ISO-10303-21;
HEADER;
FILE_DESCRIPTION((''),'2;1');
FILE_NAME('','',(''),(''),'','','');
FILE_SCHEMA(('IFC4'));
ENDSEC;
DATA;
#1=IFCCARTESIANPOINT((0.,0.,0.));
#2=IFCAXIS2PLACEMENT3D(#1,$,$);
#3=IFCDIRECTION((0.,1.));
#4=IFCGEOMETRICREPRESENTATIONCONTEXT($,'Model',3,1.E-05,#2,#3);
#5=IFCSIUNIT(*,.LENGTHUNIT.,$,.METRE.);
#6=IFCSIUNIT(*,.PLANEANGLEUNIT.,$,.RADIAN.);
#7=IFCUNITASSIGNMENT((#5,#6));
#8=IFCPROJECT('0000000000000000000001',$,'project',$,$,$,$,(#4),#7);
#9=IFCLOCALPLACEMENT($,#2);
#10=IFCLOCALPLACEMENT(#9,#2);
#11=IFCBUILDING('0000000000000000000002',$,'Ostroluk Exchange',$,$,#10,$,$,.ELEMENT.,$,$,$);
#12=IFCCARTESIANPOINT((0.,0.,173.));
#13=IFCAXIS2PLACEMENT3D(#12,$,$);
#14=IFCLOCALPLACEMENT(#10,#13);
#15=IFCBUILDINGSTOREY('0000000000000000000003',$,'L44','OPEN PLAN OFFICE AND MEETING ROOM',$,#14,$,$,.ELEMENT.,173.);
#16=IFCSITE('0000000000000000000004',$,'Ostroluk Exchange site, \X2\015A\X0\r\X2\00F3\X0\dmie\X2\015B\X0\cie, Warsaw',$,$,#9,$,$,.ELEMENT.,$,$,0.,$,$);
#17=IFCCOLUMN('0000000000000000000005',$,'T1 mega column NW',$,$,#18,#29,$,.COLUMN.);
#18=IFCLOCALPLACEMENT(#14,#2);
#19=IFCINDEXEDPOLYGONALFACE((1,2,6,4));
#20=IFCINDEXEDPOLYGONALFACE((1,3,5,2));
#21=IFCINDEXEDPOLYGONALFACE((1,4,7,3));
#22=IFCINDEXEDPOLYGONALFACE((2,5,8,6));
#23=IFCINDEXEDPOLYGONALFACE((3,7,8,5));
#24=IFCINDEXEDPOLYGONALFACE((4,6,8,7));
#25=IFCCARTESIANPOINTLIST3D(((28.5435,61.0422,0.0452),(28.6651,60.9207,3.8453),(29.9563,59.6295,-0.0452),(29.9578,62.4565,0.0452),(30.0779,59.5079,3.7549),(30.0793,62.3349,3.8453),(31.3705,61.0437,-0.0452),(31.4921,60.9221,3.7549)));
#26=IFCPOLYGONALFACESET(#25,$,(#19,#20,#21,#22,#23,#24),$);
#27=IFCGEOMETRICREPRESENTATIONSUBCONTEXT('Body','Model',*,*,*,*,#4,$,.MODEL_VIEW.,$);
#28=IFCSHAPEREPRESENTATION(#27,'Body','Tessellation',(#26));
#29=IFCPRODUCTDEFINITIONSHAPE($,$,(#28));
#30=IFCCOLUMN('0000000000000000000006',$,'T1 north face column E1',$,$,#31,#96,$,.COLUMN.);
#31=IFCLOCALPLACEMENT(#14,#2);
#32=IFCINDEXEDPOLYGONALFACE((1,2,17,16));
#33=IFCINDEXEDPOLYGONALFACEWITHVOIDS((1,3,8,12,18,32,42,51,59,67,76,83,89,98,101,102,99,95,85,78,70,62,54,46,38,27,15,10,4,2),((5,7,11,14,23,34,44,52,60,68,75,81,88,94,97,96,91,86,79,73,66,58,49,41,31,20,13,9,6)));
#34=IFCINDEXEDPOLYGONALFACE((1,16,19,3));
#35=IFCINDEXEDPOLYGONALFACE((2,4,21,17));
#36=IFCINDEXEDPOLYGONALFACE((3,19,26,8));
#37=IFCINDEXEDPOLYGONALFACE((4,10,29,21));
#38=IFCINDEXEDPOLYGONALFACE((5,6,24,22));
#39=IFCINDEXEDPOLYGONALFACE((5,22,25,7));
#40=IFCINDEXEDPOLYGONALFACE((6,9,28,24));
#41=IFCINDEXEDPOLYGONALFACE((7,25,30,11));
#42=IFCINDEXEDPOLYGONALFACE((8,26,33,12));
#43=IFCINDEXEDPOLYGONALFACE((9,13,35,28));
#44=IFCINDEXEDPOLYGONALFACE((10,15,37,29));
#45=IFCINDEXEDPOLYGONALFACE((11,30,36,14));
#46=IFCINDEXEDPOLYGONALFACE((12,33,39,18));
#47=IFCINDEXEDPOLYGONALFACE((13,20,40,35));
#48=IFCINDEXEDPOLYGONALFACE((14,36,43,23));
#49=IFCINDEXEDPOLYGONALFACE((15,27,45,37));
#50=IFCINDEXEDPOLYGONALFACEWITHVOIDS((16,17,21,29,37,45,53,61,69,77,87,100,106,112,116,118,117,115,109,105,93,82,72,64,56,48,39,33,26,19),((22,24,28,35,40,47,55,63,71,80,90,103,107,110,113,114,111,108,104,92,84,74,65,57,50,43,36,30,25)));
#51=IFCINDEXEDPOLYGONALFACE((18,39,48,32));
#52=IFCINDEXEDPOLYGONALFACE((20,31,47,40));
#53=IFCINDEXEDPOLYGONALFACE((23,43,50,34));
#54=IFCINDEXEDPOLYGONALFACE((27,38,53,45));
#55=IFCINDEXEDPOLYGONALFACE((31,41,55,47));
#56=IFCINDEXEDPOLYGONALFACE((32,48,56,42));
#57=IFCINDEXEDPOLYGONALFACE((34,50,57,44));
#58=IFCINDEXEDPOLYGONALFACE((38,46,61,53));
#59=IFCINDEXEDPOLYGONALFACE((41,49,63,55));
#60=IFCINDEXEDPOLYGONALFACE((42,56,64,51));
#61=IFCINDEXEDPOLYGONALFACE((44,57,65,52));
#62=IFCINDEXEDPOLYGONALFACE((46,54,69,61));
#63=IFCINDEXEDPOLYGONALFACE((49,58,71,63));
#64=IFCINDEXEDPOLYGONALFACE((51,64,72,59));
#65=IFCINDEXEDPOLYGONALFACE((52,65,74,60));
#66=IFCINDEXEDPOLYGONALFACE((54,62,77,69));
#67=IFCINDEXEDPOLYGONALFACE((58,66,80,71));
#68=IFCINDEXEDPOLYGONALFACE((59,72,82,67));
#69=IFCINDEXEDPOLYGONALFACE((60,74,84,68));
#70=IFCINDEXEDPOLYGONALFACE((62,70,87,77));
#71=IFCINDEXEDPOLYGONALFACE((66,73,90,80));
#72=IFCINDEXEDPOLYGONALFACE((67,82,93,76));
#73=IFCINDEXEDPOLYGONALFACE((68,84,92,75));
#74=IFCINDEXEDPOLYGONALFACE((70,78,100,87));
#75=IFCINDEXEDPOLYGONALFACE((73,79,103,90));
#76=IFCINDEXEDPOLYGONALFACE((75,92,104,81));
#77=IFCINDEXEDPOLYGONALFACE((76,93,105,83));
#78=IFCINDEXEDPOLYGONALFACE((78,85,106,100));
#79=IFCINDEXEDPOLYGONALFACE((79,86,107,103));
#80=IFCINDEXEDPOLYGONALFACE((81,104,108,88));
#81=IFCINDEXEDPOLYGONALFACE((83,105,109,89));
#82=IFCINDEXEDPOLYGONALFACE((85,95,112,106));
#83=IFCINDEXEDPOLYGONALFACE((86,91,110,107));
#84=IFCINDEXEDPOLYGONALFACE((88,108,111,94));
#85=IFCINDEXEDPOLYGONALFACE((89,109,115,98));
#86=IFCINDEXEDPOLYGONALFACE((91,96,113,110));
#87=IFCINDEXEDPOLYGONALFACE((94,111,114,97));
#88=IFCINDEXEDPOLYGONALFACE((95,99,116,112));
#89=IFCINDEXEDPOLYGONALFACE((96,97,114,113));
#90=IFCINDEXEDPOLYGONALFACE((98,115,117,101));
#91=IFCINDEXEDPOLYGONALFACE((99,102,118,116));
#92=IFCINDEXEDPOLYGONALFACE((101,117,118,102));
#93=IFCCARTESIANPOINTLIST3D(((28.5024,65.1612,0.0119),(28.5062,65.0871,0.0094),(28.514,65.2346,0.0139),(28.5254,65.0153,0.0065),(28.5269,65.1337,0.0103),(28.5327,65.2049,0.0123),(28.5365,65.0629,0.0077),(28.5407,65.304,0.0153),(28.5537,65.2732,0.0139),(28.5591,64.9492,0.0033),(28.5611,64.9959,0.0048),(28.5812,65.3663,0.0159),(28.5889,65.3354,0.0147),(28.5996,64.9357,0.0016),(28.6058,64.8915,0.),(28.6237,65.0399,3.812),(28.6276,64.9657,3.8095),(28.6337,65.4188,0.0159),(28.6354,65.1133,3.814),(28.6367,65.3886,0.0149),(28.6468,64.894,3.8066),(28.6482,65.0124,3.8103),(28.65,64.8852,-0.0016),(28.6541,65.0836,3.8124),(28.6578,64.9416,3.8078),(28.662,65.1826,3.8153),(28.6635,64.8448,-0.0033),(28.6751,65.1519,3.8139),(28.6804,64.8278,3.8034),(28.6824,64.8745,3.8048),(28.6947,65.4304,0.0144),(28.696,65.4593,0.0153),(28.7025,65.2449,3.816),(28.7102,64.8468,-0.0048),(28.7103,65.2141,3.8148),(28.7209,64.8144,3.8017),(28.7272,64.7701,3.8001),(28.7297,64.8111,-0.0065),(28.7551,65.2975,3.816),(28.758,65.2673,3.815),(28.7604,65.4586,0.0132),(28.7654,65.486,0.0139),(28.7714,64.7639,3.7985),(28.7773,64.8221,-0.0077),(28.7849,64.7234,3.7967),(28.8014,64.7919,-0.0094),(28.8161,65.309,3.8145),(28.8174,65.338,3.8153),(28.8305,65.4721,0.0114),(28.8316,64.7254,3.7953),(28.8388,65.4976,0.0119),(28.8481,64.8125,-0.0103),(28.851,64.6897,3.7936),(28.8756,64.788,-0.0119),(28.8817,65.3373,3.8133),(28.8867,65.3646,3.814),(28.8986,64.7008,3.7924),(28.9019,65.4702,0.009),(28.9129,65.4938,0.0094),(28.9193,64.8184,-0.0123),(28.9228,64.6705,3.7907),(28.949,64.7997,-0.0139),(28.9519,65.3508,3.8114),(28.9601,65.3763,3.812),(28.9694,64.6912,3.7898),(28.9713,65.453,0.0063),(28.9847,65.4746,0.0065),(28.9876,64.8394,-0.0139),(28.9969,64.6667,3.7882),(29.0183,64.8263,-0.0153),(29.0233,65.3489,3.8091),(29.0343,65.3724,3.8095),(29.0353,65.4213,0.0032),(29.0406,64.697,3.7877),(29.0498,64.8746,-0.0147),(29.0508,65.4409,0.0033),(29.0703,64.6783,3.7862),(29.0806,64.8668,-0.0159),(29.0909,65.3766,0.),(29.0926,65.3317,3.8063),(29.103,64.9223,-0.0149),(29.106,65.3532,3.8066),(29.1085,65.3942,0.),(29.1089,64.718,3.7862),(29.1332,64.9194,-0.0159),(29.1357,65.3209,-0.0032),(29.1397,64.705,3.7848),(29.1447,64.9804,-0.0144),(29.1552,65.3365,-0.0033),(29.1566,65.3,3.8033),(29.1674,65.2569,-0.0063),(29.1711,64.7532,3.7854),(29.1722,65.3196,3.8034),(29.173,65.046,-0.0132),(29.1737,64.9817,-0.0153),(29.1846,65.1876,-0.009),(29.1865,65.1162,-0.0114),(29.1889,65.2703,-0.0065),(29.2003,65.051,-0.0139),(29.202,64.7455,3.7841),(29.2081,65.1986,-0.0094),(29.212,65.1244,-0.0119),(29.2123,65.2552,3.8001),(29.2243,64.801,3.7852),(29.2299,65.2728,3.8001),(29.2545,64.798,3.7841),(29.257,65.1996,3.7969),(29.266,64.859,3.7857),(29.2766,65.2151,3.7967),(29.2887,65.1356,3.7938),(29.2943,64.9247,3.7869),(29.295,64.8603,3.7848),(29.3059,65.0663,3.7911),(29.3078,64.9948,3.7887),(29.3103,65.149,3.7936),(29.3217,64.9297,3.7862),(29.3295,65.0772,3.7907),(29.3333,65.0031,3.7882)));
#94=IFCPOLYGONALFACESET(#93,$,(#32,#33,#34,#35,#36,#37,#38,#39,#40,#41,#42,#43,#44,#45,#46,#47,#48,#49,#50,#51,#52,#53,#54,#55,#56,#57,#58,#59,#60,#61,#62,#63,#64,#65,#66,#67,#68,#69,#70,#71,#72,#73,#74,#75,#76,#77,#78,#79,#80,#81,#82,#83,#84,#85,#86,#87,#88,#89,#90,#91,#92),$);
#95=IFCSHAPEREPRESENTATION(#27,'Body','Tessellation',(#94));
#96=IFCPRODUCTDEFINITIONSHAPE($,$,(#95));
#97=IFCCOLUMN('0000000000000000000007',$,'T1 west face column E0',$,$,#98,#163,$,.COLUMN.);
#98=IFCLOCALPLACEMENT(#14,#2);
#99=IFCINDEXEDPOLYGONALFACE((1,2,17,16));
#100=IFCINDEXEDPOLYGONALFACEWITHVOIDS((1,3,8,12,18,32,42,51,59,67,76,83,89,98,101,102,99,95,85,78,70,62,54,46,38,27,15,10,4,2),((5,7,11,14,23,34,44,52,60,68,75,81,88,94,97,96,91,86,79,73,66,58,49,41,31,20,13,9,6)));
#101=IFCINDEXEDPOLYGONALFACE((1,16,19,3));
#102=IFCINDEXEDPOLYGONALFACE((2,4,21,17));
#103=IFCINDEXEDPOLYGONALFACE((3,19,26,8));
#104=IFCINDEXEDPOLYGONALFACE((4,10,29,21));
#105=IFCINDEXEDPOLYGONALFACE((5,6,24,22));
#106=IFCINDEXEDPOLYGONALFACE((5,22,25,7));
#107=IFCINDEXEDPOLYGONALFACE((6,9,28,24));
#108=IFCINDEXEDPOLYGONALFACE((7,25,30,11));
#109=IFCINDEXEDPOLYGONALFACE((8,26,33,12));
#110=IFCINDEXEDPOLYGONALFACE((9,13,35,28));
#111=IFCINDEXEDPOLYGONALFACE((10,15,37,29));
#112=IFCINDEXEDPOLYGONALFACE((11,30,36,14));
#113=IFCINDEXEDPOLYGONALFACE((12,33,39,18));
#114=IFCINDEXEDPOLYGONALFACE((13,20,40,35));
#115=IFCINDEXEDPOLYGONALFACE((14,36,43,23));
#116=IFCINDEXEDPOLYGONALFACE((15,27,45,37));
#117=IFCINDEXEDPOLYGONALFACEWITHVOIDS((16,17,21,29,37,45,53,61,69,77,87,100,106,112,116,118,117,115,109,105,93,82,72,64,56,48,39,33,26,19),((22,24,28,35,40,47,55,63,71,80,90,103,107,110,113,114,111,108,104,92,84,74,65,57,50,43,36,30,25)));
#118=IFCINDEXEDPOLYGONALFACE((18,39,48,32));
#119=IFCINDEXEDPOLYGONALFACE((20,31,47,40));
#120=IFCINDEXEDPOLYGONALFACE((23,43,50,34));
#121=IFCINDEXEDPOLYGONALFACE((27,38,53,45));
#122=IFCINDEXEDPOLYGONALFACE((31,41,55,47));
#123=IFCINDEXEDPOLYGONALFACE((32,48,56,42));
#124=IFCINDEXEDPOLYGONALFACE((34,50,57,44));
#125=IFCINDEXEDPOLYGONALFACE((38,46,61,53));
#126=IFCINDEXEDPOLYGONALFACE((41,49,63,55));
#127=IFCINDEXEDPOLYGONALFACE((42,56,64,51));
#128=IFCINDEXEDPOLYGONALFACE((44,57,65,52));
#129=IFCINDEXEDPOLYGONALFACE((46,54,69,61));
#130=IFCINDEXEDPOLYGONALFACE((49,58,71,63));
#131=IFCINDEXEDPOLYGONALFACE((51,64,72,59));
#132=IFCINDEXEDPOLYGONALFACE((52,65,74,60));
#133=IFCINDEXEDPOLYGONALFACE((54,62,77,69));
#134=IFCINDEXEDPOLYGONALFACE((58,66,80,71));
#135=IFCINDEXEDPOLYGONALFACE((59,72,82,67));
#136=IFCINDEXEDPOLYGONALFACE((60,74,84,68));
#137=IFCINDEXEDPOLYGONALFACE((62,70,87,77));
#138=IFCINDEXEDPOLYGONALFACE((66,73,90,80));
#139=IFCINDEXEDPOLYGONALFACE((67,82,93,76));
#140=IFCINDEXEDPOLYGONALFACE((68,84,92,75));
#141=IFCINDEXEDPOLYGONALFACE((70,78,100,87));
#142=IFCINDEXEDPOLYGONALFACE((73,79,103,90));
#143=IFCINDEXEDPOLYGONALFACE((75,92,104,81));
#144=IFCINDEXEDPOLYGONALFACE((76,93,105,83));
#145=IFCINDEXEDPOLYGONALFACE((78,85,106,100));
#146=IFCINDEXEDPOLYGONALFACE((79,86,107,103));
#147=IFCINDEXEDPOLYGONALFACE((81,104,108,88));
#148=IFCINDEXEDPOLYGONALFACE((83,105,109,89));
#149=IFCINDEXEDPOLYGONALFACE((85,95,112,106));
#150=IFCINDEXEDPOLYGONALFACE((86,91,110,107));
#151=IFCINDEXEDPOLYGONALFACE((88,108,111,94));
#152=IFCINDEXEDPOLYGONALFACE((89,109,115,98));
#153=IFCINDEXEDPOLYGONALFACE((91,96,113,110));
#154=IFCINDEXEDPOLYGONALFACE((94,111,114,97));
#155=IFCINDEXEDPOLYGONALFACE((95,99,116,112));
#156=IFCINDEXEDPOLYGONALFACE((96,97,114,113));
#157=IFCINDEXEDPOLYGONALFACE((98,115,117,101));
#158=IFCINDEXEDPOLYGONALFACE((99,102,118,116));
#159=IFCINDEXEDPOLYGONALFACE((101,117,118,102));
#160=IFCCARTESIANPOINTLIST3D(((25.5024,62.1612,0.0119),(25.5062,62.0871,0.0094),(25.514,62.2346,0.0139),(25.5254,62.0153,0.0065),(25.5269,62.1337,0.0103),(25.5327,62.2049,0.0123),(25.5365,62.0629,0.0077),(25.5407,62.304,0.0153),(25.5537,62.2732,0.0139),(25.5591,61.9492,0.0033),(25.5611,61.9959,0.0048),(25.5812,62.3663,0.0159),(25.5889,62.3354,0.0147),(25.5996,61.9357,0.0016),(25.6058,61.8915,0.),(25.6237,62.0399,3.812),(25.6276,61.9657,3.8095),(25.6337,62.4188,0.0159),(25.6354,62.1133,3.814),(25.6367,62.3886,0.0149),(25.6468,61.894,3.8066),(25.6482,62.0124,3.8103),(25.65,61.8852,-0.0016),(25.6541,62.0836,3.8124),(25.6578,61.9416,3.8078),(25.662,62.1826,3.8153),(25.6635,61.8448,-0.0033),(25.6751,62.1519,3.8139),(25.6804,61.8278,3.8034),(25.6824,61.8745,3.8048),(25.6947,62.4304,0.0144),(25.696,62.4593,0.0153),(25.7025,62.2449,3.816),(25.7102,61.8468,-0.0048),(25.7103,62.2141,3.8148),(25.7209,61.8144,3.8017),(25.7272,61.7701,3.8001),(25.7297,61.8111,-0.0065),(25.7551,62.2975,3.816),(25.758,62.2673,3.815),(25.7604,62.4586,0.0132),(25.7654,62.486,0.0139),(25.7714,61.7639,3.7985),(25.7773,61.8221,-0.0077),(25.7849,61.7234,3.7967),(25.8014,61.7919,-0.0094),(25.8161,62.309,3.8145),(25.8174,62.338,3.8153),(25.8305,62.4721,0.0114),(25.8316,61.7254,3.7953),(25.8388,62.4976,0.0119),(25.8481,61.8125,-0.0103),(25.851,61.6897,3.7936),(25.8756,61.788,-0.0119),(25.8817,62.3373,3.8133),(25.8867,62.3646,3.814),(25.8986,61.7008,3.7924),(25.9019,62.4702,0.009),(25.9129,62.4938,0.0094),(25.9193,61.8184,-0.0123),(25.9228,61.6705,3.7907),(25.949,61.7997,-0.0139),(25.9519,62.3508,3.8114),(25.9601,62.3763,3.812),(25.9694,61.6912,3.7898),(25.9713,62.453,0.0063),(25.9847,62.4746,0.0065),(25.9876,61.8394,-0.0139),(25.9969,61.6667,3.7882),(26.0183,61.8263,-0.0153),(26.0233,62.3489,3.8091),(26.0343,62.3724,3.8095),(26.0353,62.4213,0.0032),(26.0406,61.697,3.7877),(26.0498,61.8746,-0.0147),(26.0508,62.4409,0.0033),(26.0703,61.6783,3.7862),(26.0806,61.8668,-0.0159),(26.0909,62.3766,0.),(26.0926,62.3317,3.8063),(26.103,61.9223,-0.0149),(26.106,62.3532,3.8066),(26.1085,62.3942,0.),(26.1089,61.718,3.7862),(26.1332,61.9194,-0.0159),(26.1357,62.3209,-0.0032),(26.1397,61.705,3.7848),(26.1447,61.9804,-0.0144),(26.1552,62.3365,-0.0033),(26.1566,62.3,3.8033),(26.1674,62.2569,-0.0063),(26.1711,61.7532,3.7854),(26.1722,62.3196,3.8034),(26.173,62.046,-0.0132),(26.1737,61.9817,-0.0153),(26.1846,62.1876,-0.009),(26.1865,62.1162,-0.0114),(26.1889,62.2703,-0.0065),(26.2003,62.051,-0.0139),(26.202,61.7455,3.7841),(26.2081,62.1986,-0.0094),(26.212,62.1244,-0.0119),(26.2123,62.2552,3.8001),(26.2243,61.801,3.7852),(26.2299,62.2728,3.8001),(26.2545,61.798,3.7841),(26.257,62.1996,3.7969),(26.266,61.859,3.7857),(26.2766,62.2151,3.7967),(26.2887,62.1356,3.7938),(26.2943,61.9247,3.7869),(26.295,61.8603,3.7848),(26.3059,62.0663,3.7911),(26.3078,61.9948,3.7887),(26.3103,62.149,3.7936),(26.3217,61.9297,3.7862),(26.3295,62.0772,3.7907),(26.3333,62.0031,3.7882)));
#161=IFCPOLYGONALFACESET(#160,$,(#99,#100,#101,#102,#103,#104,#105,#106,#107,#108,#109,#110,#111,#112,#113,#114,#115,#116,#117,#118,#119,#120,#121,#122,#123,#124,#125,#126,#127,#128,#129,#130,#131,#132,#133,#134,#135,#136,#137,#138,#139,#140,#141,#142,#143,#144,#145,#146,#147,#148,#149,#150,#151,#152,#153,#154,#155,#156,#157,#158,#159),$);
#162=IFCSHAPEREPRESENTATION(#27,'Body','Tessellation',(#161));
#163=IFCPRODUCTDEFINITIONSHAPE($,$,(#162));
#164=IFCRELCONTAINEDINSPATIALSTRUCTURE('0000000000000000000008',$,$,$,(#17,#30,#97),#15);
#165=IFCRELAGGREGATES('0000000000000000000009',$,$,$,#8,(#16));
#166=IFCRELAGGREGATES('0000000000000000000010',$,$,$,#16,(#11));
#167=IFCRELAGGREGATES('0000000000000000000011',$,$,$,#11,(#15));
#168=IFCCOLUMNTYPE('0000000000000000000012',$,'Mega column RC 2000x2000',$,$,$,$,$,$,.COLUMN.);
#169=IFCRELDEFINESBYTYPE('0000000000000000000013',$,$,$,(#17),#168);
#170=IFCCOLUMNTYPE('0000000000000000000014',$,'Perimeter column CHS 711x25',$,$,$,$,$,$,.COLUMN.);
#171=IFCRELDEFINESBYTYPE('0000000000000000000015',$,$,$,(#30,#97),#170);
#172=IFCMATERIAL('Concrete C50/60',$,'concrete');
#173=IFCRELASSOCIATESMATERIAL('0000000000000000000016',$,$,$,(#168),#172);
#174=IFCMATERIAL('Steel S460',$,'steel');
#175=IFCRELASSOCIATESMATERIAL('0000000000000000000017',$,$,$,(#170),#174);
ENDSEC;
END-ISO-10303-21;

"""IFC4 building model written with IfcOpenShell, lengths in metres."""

from ifc_helpers import new_model, si_unit, direction, frame, origin, origin_2d, place, context, subcontext, project, spatial, rectangle, hollow_circle, extrude, material, material_profile, profile_set, type_object, element, save


model = new_model("IFC4")

# Units and contexts
model_context = context("Model", 3, precision=1e-05, world=origin(), true_north=direction((0.0, 1.0)))
body_context = subcontext(model_context, "Body", "Model", "MODEL_VIEW")
ifc_project = project(units=[si_unit("LENGTHUNIT", "METRE"), si_unit("PLANEANGLEUNIT", "RADIAN")], contexts=[model_context])

# Site, building, storey
site_placement = place(None, origin())
site = spatial("IfcSite", under=ifc_project, at=site_placement, Name="Ostroluk Exchange site, Śródmieście, Warsaw", CompositionType="ELEMENT", RefElevation=0.0)
building_placement = place(site_placement, origin())
building = spatial("IfcBuilding", under=site, at=building_placement, Name="Ostroluk Exchange", CompositionType="ELEMENT")
storey_placement = place(building_placement, frame((0.0, 0.0, 173.0)))
storey = spatial("IfcBuildingStorey", under=building, at=storey_placement, Name="L44", Description="OPEN PLAN OFFICE AND MEETING ROOM", CompositionType="ELEMENT", Elevation=173.0)

# Columns
ifc_material_1 = material(Name="Concrete C50/60", Category="concrete")
ifc_material_profile_1 = material_profile(ifc_material_1, rectangle(XDim=2.0, YDim=2.0, at=origin_2d()), Name="RC 2000x2000")
ifc_profile_set_1 = profile_set([ifc_material_profile_1], Name="Concrete C50/60")
column_type_1 = type_object("IfcColumnType", Name="Mega column RC 2000x2000", PredefinedType="COLUMN", material=ifc_profile_set_1)
column_placement = place(storey_placement, frame((29.957, 61.043, 0.0), z_axis=(0.031962, -0.031962, 0.998978), x_axis=(0.707107, 0.707107, 0.0)))
element("IfcColumn", 1, at=column_placement, inside=storey, type_object=column_type_1, Name="T1 mega column NW", PredefinedType="COLUMN", context=body_context, shape_type="SweptSolid", body=[
    extrude(rectangle(XDim=2.0, YDim=2.0, at=origin_2d()), origin(), (0.0, 0.0, 1.0), 3.804),
])
ifc_material_2 = material(Name="Steel S460", Category="steel")
ifc_material_profile_2 = material_profile(ifc_material_2, hollow_circle(Radius=0.3555, WallThickness=0.0249, at=origin_2d()), Name="CHS 711x25")
ifc_profile_set_2 = profile_set([ifc_material_profile_2], Name="Steel S460")
column_type_2 = type_object("IfcColumnType", Name="Perimeter column CHS 711x25", PredefinedType="COLUMN", material=ifc_profile_set_2)
for number, where, z_axis, x_axis, name in (
    (2, (28.8572, 65.1428, 0.0), (0.031898, -0.031898, 0.998982), (0.707107, 0.707107, 0.0), "T1 north face column E1"),
    (3, (25.8572, 62.1428, 0.0), (0.031898, -0.031898, 0.998982), (0.707107, 0.707107, 0.0), "T1 west face column E0"),
):
    element("IfcColumn", number, at=place(storey_placement, frame(where, z_axis=z_axis, x_axis=x_axis)), inside=storey, type_object=column_type_2, Name=name, PredefinedType="COLUMN", context=body_context, shape_type="SweptSolid", body=[
        extrude(hollow_circle(Radius=0.3555, WallThickness=0.0249, at=origin_2d()), origin(), (0.0, 0.0, 1.0), 3.804),
    ])

save(model, "model.ifc")
